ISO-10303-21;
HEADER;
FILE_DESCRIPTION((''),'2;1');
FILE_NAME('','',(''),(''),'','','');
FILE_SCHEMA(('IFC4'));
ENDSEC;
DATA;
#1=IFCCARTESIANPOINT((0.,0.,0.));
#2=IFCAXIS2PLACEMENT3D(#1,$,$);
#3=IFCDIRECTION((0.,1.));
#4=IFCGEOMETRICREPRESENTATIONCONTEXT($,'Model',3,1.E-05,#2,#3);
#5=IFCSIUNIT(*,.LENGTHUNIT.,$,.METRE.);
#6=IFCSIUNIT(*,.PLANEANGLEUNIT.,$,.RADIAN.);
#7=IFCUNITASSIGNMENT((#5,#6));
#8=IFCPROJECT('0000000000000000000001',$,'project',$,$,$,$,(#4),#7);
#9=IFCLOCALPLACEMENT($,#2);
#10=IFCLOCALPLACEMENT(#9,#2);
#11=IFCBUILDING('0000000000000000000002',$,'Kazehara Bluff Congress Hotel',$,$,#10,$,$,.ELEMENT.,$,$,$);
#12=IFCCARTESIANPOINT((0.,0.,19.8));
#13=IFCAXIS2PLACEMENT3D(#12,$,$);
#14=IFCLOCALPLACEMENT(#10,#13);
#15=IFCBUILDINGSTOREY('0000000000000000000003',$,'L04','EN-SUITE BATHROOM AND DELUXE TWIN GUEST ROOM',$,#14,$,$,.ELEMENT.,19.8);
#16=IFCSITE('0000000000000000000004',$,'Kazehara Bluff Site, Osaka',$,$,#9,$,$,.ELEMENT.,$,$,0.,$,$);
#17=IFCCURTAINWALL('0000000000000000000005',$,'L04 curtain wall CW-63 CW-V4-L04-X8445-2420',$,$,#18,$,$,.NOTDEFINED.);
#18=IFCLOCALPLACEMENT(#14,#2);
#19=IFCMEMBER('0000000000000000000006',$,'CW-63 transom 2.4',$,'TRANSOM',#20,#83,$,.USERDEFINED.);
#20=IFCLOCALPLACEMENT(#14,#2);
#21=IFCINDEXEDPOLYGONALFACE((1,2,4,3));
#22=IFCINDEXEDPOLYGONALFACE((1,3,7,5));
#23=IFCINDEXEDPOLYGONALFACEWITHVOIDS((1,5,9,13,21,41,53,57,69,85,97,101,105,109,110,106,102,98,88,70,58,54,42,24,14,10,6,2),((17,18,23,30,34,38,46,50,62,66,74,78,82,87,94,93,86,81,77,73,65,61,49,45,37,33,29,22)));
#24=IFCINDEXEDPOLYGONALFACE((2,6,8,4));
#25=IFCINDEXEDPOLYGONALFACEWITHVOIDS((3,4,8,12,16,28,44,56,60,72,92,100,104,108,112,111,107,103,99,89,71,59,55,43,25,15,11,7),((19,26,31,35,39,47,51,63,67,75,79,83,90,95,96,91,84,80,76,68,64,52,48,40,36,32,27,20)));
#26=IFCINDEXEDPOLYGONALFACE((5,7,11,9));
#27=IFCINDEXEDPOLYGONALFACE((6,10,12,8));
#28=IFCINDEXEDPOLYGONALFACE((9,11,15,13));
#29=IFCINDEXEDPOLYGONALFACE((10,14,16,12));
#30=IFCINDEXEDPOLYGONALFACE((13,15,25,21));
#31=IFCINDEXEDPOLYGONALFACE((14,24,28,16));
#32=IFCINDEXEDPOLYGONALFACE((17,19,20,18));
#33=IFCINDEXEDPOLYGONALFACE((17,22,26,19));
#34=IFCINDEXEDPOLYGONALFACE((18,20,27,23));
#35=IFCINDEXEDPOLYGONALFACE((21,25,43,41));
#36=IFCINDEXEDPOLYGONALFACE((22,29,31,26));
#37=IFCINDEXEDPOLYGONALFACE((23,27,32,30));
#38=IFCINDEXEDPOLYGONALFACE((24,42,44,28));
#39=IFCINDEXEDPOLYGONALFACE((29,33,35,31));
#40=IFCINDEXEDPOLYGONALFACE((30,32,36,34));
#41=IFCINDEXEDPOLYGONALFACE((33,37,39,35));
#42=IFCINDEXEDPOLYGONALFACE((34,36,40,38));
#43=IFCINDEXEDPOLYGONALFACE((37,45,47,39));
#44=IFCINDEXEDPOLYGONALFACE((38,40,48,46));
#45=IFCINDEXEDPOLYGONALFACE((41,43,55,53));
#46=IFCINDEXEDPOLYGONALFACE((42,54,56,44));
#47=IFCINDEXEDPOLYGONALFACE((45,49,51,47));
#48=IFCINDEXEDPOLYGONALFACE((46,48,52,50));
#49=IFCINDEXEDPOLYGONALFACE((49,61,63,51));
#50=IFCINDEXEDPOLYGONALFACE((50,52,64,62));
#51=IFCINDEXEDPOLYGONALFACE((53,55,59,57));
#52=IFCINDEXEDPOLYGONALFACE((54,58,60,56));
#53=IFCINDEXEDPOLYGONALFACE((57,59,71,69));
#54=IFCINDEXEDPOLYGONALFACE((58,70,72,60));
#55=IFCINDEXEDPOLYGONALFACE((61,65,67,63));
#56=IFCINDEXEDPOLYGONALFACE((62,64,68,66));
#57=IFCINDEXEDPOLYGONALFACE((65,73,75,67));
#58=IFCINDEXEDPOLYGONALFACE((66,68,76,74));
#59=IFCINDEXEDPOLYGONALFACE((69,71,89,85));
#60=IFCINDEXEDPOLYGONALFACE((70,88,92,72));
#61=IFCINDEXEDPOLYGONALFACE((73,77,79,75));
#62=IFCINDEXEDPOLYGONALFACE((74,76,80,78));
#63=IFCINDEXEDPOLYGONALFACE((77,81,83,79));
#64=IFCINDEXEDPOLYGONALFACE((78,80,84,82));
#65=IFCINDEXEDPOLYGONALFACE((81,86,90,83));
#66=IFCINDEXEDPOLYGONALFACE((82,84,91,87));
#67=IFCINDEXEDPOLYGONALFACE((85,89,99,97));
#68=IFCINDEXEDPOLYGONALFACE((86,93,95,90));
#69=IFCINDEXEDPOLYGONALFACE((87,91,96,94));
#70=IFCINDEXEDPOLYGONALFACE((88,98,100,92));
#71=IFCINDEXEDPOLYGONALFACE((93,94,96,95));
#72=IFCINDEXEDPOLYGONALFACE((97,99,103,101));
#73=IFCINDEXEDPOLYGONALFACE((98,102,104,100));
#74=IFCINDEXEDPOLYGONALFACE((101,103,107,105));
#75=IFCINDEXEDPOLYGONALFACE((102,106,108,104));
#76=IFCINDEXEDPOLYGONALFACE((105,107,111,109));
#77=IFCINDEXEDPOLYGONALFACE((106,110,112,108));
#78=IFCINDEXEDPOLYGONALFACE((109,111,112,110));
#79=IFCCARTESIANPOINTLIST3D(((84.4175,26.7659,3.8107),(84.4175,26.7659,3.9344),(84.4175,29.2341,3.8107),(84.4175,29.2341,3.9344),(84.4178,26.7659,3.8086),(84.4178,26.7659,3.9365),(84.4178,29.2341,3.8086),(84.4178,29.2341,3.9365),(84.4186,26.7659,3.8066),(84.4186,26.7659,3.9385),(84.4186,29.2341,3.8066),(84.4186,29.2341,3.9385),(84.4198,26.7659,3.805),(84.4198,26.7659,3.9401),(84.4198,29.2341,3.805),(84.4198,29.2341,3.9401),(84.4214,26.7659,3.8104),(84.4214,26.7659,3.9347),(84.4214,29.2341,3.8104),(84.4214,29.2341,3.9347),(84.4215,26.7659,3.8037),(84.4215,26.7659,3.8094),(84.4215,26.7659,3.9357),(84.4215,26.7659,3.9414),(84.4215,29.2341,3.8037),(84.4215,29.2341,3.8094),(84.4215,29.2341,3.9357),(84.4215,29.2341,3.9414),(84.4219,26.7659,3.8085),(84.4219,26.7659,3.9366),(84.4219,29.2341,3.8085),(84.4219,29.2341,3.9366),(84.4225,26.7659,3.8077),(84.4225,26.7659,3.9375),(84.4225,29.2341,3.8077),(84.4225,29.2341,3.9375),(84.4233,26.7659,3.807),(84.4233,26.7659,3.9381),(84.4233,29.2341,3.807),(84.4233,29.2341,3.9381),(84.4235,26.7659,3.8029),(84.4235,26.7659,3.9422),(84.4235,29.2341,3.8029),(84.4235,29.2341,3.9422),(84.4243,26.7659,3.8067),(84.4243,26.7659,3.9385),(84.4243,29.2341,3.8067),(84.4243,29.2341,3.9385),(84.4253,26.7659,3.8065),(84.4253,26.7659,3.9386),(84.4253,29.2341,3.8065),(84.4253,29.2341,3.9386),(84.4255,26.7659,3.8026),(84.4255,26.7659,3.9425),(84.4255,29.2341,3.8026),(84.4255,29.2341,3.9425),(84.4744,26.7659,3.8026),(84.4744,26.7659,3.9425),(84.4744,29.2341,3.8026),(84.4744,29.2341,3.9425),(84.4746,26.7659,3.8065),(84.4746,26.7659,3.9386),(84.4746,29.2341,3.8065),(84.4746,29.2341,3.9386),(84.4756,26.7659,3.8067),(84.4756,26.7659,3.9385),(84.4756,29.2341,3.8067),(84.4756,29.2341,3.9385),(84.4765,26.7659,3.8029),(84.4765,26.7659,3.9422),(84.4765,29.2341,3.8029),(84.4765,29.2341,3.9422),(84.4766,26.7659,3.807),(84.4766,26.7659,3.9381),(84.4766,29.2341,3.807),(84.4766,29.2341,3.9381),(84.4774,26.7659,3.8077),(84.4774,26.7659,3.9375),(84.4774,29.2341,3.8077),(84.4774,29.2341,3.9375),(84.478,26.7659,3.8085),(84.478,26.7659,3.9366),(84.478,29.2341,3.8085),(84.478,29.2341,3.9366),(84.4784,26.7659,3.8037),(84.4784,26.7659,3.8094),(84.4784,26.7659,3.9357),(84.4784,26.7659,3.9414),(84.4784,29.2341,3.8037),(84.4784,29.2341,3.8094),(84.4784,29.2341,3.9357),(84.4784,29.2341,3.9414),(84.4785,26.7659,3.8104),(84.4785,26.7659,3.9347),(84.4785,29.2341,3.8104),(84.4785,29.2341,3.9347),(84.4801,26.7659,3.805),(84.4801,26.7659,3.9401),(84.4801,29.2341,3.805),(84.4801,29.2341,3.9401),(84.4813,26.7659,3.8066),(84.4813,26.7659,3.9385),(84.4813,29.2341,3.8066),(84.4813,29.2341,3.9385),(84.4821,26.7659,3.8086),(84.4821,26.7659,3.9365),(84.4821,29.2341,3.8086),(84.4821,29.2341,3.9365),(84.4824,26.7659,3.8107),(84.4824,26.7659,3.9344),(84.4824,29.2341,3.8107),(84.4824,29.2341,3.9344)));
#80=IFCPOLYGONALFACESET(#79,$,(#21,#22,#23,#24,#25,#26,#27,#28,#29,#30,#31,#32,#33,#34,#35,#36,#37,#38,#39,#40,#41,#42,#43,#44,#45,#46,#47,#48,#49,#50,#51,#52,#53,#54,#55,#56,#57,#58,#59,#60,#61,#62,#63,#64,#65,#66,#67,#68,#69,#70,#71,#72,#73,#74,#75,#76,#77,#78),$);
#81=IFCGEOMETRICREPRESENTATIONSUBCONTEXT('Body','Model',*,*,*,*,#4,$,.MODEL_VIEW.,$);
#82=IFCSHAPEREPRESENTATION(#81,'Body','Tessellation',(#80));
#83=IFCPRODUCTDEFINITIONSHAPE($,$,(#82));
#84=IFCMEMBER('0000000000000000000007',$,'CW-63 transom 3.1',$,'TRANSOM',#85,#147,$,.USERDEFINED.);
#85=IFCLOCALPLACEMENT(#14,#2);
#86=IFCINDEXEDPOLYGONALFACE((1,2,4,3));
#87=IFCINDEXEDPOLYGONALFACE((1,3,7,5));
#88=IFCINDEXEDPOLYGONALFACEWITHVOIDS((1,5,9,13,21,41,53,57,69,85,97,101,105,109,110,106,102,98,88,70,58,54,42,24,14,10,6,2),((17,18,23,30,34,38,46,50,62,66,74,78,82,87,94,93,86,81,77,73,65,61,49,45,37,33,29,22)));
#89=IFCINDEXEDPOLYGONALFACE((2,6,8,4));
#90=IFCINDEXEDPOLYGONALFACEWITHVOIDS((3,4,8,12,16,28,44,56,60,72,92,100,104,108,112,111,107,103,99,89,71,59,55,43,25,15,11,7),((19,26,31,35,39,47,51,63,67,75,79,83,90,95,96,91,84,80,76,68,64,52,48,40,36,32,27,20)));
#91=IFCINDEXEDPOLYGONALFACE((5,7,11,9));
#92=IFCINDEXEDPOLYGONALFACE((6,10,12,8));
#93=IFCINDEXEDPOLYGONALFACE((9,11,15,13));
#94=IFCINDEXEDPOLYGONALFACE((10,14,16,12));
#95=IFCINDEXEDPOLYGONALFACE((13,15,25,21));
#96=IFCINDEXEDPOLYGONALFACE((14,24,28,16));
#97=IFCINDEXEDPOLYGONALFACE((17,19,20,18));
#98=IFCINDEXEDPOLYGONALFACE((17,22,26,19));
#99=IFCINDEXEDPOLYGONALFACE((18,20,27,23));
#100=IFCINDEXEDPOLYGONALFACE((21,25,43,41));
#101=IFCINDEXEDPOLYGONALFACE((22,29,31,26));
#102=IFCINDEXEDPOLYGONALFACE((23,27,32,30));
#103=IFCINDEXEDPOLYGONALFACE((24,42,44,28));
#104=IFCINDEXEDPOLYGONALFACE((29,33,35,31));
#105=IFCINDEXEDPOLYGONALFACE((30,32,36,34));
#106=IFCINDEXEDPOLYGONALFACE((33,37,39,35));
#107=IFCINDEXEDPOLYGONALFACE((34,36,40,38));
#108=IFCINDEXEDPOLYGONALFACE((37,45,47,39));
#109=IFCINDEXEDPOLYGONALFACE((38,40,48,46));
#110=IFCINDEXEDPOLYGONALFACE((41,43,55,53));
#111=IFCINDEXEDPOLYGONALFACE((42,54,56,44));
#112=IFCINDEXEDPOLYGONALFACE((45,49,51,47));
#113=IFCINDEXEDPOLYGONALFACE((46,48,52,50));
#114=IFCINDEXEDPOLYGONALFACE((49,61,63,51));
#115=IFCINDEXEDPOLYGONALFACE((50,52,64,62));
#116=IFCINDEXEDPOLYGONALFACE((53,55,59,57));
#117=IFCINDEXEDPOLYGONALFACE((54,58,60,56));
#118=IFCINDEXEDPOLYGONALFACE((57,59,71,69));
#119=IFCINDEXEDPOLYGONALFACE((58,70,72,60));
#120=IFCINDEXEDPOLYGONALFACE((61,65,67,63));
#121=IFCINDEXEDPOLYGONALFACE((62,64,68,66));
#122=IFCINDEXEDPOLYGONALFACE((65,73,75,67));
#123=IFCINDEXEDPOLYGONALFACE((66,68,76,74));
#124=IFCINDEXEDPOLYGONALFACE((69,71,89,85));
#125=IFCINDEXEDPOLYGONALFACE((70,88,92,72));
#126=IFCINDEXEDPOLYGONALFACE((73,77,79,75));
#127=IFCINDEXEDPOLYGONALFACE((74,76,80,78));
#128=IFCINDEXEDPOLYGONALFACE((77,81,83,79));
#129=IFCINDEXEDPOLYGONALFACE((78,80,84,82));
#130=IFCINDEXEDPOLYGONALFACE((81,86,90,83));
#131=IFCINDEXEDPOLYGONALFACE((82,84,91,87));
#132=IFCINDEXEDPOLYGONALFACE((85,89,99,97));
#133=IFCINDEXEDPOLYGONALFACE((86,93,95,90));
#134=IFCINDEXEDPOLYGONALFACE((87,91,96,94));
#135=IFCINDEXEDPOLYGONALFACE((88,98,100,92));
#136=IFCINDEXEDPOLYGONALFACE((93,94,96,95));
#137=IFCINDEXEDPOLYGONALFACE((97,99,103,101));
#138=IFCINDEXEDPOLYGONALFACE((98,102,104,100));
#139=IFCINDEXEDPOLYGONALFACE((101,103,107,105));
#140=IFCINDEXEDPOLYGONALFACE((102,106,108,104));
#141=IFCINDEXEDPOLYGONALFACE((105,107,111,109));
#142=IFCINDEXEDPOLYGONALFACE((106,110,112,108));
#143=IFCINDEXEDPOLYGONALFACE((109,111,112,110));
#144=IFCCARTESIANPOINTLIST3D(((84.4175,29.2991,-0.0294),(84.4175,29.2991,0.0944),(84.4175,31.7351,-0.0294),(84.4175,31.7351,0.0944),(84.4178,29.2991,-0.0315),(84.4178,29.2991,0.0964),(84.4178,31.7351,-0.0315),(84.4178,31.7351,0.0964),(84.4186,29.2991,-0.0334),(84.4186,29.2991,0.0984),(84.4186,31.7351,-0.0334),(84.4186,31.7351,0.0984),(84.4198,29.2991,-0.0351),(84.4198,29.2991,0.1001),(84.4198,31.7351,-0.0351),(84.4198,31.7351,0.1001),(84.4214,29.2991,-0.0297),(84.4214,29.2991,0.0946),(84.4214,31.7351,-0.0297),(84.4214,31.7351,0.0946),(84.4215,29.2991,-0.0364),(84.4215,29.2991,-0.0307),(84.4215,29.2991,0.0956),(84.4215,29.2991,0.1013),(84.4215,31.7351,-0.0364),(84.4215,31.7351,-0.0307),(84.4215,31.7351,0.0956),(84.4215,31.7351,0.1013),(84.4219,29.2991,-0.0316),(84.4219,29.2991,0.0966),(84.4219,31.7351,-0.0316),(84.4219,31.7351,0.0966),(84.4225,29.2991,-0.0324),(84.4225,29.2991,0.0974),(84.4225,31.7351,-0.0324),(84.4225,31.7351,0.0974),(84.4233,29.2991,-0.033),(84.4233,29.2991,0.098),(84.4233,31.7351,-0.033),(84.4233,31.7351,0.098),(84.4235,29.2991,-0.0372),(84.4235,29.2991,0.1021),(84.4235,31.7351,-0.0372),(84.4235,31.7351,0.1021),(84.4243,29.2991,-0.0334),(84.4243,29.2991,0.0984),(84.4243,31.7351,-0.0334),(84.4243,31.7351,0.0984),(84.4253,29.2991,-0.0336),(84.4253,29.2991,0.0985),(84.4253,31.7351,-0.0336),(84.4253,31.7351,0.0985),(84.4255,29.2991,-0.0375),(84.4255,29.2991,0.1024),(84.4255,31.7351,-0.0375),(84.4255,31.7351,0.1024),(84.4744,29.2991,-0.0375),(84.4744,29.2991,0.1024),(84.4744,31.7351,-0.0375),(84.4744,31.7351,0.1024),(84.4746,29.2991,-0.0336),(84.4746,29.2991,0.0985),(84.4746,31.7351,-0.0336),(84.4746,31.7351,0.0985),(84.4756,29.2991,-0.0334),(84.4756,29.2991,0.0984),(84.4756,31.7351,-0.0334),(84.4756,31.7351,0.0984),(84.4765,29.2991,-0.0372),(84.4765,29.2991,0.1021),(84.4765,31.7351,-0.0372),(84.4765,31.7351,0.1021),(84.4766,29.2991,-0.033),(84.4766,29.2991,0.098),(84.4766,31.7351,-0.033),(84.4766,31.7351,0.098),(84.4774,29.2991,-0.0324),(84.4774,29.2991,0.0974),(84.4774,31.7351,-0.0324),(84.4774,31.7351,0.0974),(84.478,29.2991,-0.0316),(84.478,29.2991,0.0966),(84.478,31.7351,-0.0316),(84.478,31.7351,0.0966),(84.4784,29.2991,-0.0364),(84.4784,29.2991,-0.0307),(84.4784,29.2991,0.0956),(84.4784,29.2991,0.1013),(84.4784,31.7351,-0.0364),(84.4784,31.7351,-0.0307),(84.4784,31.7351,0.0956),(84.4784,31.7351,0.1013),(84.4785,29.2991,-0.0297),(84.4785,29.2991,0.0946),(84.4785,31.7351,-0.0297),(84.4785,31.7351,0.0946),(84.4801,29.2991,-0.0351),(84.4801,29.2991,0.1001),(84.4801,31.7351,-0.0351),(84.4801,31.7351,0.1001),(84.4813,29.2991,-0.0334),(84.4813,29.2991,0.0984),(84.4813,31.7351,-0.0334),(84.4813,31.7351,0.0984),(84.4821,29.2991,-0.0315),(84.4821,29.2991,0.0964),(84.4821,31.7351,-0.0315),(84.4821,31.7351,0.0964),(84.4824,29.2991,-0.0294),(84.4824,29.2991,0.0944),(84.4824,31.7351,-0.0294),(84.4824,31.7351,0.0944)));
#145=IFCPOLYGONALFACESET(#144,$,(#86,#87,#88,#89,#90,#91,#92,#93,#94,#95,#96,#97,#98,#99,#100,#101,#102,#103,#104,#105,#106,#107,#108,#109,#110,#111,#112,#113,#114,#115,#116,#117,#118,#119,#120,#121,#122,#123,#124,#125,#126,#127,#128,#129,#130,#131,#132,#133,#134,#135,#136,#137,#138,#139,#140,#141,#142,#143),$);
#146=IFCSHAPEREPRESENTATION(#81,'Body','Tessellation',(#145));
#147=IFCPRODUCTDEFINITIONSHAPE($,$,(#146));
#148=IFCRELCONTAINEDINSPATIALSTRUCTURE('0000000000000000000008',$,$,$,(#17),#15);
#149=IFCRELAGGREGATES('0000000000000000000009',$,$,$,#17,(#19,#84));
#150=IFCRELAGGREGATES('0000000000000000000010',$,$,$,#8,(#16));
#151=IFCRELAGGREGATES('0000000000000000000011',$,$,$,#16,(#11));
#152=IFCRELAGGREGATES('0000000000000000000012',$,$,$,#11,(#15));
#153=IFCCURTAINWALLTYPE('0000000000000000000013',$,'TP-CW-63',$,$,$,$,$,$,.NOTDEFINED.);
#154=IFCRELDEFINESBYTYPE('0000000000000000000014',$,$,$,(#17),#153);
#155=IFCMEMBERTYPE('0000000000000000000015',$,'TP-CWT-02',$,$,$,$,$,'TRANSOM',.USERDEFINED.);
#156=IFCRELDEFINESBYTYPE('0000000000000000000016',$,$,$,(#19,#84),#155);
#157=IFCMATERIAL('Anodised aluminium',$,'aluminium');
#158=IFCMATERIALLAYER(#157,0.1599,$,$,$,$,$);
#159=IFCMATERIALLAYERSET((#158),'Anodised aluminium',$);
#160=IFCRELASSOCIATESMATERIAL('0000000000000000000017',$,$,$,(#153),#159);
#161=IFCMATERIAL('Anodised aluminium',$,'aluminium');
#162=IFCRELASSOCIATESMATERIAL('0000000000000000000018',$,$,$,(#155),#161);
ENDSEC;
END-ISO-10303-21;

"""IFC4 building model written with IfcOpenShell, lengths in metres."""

from ifc_helpers import new_model, si_unit, direction, frame, origin, origin_2d, place, context, subcontext, project, spatial, hollow_rectangle, extrude, material, layer, layer_set, material_profile, profile_set, type_object, element, aggregate, save


model = new_model("IFC4")

# Units and contexts
model_context = context("Model", 3, precision=1e-05, world=origin(), true_north=direction((0.0, 1.0)))
body_context = subcontext(model_context, "Body", "Model", "MODEL_VIEW")
ifc_project = project(units=[si_unit("LENGTHUNIT", "METRE"), si_unit("PLANEANGLEUNIT", "RADIAN")], contexts=[model_context])

# Site, building, storey
site_placement = place(None, origin())
site = spatial("IfcSite", under=ifc_project, at=site_placement, Name="Kazehara Bluff Site, Osaka", CompositionType="ELEMENT", RefElevation=0.0)
building_placement = place(site_placement, origin())
building = spatial("IfcBuilding", under=site, at=building_placement, Name="Kazehara Bluff Congress Hotel", CompositionType="ELEMENT")
storey_placement = place(building_placement, frame((0.0, 0.0, 19.8)))
storey = spatial("IfcBuildingStorey", under=building, at=storey_placement, Name="L04", Description="EN-SUITE BATHROOM AND DELUXE TWIN GUEST ROOM", CompositionType="ELEMENT", Elevation=19.8)

# Curtain wall, members
ifc_material_1 = material(Name="Anodised aluminium", Category="aluminium")
ifc_layer_1 = layer(ifc_material_1, 0.1599)
ifc_layer_set_1 = layer_set([ifc_layer_1], Name="Anodised aluminium")
curtain_wall_type = type_object("IfcCurtainWallType", Name="TP-CW-63", PredefinedType="NOTDEFINED", material=ifc_layer_set_1)
curtain_wall_placement = place(storey_placement, origin())
curtain_wall = element("IfcCurtainWall", 1, at=curtain_wall_placement, inside=storey, type_object=curtain_wall_type, Name="L04 curtain wall CW-63 CW-V4-L04-X8445-2420", PredefinedType="NOTDEFINED")
ifc_material_2 = material(Name="Anodised aluminium", Category="aluminium")
ifc_material_profile_1 = material_profile(ifc_material_2, hollow_rectangle(XDim=0.0649, YDim=0.1399, WallThickness=0.0039, InnerFilletRadius=0.0039, OuterFilletRadius=0.0081, at=origin_2d()))
ifc_profile_set_1 = profile_set([ifc_material_profile_1], Name="Anodised aluminium")
member_type_1 = type_object("IfcMemberType", Name="TP-CWT-02", ElementType="TRANSOM", PredefinedType="USERDEFINED", material=ifc_profile_set_1)
member_1_placement = place(storey_placement, frame((84.45, 26.7659, 3.8726), z_axis=(0.0, 1.0, 0.0), x_axis=(-1.0, 0.0, 0.0)))
member_1 = element("IfcMember", 2, at=member_1_placement, type_object=member_type_1, Name="CW-63 transom 2.4", ObjectType="TRANSOM", PredefinedType="USERDEFINED", context=body_context, shape_type="SweptSolid", body=[
    extrude(hollow_rectangle(XDim=0.0649, YDim=0.1399, WallThickness=0.0039, InnerFilletRadius=0.0039, OuterFilletRadius=0.0081, at=origin_2d()), origin(), (0.0, 0.0, 1.0), 2.4683),
])
member_2_placement = place(storey_placement, frame((84.45, 29.2991, 0.0325), z_axis=(0.0, 1.0, 0.0), x_axis=(-1.0, 0.0, 0.0)))
member_2 = element("IfcMember", 3, at=member_2_placement, type_object=member_type_1, Name="CW-63 transom 3.1", ObjectType="TRANSOM", PredefinedType="USERDEFINED", context=body_context, shape_type="SweptSolid", body=[
    extrude(hollow_rectangle(XDim=0.0649, YDim=0.1399, WallThickness=0.0039, InnerFilletRadius=0.0039, OuterFilletRadius=0.0081, at=origin_2d()), origin(), (0.0, 0.0, 1.0), 2.436),
])

aggregate(curtain_wall, [member_1, member_2])

save(model, "model.ifc")
